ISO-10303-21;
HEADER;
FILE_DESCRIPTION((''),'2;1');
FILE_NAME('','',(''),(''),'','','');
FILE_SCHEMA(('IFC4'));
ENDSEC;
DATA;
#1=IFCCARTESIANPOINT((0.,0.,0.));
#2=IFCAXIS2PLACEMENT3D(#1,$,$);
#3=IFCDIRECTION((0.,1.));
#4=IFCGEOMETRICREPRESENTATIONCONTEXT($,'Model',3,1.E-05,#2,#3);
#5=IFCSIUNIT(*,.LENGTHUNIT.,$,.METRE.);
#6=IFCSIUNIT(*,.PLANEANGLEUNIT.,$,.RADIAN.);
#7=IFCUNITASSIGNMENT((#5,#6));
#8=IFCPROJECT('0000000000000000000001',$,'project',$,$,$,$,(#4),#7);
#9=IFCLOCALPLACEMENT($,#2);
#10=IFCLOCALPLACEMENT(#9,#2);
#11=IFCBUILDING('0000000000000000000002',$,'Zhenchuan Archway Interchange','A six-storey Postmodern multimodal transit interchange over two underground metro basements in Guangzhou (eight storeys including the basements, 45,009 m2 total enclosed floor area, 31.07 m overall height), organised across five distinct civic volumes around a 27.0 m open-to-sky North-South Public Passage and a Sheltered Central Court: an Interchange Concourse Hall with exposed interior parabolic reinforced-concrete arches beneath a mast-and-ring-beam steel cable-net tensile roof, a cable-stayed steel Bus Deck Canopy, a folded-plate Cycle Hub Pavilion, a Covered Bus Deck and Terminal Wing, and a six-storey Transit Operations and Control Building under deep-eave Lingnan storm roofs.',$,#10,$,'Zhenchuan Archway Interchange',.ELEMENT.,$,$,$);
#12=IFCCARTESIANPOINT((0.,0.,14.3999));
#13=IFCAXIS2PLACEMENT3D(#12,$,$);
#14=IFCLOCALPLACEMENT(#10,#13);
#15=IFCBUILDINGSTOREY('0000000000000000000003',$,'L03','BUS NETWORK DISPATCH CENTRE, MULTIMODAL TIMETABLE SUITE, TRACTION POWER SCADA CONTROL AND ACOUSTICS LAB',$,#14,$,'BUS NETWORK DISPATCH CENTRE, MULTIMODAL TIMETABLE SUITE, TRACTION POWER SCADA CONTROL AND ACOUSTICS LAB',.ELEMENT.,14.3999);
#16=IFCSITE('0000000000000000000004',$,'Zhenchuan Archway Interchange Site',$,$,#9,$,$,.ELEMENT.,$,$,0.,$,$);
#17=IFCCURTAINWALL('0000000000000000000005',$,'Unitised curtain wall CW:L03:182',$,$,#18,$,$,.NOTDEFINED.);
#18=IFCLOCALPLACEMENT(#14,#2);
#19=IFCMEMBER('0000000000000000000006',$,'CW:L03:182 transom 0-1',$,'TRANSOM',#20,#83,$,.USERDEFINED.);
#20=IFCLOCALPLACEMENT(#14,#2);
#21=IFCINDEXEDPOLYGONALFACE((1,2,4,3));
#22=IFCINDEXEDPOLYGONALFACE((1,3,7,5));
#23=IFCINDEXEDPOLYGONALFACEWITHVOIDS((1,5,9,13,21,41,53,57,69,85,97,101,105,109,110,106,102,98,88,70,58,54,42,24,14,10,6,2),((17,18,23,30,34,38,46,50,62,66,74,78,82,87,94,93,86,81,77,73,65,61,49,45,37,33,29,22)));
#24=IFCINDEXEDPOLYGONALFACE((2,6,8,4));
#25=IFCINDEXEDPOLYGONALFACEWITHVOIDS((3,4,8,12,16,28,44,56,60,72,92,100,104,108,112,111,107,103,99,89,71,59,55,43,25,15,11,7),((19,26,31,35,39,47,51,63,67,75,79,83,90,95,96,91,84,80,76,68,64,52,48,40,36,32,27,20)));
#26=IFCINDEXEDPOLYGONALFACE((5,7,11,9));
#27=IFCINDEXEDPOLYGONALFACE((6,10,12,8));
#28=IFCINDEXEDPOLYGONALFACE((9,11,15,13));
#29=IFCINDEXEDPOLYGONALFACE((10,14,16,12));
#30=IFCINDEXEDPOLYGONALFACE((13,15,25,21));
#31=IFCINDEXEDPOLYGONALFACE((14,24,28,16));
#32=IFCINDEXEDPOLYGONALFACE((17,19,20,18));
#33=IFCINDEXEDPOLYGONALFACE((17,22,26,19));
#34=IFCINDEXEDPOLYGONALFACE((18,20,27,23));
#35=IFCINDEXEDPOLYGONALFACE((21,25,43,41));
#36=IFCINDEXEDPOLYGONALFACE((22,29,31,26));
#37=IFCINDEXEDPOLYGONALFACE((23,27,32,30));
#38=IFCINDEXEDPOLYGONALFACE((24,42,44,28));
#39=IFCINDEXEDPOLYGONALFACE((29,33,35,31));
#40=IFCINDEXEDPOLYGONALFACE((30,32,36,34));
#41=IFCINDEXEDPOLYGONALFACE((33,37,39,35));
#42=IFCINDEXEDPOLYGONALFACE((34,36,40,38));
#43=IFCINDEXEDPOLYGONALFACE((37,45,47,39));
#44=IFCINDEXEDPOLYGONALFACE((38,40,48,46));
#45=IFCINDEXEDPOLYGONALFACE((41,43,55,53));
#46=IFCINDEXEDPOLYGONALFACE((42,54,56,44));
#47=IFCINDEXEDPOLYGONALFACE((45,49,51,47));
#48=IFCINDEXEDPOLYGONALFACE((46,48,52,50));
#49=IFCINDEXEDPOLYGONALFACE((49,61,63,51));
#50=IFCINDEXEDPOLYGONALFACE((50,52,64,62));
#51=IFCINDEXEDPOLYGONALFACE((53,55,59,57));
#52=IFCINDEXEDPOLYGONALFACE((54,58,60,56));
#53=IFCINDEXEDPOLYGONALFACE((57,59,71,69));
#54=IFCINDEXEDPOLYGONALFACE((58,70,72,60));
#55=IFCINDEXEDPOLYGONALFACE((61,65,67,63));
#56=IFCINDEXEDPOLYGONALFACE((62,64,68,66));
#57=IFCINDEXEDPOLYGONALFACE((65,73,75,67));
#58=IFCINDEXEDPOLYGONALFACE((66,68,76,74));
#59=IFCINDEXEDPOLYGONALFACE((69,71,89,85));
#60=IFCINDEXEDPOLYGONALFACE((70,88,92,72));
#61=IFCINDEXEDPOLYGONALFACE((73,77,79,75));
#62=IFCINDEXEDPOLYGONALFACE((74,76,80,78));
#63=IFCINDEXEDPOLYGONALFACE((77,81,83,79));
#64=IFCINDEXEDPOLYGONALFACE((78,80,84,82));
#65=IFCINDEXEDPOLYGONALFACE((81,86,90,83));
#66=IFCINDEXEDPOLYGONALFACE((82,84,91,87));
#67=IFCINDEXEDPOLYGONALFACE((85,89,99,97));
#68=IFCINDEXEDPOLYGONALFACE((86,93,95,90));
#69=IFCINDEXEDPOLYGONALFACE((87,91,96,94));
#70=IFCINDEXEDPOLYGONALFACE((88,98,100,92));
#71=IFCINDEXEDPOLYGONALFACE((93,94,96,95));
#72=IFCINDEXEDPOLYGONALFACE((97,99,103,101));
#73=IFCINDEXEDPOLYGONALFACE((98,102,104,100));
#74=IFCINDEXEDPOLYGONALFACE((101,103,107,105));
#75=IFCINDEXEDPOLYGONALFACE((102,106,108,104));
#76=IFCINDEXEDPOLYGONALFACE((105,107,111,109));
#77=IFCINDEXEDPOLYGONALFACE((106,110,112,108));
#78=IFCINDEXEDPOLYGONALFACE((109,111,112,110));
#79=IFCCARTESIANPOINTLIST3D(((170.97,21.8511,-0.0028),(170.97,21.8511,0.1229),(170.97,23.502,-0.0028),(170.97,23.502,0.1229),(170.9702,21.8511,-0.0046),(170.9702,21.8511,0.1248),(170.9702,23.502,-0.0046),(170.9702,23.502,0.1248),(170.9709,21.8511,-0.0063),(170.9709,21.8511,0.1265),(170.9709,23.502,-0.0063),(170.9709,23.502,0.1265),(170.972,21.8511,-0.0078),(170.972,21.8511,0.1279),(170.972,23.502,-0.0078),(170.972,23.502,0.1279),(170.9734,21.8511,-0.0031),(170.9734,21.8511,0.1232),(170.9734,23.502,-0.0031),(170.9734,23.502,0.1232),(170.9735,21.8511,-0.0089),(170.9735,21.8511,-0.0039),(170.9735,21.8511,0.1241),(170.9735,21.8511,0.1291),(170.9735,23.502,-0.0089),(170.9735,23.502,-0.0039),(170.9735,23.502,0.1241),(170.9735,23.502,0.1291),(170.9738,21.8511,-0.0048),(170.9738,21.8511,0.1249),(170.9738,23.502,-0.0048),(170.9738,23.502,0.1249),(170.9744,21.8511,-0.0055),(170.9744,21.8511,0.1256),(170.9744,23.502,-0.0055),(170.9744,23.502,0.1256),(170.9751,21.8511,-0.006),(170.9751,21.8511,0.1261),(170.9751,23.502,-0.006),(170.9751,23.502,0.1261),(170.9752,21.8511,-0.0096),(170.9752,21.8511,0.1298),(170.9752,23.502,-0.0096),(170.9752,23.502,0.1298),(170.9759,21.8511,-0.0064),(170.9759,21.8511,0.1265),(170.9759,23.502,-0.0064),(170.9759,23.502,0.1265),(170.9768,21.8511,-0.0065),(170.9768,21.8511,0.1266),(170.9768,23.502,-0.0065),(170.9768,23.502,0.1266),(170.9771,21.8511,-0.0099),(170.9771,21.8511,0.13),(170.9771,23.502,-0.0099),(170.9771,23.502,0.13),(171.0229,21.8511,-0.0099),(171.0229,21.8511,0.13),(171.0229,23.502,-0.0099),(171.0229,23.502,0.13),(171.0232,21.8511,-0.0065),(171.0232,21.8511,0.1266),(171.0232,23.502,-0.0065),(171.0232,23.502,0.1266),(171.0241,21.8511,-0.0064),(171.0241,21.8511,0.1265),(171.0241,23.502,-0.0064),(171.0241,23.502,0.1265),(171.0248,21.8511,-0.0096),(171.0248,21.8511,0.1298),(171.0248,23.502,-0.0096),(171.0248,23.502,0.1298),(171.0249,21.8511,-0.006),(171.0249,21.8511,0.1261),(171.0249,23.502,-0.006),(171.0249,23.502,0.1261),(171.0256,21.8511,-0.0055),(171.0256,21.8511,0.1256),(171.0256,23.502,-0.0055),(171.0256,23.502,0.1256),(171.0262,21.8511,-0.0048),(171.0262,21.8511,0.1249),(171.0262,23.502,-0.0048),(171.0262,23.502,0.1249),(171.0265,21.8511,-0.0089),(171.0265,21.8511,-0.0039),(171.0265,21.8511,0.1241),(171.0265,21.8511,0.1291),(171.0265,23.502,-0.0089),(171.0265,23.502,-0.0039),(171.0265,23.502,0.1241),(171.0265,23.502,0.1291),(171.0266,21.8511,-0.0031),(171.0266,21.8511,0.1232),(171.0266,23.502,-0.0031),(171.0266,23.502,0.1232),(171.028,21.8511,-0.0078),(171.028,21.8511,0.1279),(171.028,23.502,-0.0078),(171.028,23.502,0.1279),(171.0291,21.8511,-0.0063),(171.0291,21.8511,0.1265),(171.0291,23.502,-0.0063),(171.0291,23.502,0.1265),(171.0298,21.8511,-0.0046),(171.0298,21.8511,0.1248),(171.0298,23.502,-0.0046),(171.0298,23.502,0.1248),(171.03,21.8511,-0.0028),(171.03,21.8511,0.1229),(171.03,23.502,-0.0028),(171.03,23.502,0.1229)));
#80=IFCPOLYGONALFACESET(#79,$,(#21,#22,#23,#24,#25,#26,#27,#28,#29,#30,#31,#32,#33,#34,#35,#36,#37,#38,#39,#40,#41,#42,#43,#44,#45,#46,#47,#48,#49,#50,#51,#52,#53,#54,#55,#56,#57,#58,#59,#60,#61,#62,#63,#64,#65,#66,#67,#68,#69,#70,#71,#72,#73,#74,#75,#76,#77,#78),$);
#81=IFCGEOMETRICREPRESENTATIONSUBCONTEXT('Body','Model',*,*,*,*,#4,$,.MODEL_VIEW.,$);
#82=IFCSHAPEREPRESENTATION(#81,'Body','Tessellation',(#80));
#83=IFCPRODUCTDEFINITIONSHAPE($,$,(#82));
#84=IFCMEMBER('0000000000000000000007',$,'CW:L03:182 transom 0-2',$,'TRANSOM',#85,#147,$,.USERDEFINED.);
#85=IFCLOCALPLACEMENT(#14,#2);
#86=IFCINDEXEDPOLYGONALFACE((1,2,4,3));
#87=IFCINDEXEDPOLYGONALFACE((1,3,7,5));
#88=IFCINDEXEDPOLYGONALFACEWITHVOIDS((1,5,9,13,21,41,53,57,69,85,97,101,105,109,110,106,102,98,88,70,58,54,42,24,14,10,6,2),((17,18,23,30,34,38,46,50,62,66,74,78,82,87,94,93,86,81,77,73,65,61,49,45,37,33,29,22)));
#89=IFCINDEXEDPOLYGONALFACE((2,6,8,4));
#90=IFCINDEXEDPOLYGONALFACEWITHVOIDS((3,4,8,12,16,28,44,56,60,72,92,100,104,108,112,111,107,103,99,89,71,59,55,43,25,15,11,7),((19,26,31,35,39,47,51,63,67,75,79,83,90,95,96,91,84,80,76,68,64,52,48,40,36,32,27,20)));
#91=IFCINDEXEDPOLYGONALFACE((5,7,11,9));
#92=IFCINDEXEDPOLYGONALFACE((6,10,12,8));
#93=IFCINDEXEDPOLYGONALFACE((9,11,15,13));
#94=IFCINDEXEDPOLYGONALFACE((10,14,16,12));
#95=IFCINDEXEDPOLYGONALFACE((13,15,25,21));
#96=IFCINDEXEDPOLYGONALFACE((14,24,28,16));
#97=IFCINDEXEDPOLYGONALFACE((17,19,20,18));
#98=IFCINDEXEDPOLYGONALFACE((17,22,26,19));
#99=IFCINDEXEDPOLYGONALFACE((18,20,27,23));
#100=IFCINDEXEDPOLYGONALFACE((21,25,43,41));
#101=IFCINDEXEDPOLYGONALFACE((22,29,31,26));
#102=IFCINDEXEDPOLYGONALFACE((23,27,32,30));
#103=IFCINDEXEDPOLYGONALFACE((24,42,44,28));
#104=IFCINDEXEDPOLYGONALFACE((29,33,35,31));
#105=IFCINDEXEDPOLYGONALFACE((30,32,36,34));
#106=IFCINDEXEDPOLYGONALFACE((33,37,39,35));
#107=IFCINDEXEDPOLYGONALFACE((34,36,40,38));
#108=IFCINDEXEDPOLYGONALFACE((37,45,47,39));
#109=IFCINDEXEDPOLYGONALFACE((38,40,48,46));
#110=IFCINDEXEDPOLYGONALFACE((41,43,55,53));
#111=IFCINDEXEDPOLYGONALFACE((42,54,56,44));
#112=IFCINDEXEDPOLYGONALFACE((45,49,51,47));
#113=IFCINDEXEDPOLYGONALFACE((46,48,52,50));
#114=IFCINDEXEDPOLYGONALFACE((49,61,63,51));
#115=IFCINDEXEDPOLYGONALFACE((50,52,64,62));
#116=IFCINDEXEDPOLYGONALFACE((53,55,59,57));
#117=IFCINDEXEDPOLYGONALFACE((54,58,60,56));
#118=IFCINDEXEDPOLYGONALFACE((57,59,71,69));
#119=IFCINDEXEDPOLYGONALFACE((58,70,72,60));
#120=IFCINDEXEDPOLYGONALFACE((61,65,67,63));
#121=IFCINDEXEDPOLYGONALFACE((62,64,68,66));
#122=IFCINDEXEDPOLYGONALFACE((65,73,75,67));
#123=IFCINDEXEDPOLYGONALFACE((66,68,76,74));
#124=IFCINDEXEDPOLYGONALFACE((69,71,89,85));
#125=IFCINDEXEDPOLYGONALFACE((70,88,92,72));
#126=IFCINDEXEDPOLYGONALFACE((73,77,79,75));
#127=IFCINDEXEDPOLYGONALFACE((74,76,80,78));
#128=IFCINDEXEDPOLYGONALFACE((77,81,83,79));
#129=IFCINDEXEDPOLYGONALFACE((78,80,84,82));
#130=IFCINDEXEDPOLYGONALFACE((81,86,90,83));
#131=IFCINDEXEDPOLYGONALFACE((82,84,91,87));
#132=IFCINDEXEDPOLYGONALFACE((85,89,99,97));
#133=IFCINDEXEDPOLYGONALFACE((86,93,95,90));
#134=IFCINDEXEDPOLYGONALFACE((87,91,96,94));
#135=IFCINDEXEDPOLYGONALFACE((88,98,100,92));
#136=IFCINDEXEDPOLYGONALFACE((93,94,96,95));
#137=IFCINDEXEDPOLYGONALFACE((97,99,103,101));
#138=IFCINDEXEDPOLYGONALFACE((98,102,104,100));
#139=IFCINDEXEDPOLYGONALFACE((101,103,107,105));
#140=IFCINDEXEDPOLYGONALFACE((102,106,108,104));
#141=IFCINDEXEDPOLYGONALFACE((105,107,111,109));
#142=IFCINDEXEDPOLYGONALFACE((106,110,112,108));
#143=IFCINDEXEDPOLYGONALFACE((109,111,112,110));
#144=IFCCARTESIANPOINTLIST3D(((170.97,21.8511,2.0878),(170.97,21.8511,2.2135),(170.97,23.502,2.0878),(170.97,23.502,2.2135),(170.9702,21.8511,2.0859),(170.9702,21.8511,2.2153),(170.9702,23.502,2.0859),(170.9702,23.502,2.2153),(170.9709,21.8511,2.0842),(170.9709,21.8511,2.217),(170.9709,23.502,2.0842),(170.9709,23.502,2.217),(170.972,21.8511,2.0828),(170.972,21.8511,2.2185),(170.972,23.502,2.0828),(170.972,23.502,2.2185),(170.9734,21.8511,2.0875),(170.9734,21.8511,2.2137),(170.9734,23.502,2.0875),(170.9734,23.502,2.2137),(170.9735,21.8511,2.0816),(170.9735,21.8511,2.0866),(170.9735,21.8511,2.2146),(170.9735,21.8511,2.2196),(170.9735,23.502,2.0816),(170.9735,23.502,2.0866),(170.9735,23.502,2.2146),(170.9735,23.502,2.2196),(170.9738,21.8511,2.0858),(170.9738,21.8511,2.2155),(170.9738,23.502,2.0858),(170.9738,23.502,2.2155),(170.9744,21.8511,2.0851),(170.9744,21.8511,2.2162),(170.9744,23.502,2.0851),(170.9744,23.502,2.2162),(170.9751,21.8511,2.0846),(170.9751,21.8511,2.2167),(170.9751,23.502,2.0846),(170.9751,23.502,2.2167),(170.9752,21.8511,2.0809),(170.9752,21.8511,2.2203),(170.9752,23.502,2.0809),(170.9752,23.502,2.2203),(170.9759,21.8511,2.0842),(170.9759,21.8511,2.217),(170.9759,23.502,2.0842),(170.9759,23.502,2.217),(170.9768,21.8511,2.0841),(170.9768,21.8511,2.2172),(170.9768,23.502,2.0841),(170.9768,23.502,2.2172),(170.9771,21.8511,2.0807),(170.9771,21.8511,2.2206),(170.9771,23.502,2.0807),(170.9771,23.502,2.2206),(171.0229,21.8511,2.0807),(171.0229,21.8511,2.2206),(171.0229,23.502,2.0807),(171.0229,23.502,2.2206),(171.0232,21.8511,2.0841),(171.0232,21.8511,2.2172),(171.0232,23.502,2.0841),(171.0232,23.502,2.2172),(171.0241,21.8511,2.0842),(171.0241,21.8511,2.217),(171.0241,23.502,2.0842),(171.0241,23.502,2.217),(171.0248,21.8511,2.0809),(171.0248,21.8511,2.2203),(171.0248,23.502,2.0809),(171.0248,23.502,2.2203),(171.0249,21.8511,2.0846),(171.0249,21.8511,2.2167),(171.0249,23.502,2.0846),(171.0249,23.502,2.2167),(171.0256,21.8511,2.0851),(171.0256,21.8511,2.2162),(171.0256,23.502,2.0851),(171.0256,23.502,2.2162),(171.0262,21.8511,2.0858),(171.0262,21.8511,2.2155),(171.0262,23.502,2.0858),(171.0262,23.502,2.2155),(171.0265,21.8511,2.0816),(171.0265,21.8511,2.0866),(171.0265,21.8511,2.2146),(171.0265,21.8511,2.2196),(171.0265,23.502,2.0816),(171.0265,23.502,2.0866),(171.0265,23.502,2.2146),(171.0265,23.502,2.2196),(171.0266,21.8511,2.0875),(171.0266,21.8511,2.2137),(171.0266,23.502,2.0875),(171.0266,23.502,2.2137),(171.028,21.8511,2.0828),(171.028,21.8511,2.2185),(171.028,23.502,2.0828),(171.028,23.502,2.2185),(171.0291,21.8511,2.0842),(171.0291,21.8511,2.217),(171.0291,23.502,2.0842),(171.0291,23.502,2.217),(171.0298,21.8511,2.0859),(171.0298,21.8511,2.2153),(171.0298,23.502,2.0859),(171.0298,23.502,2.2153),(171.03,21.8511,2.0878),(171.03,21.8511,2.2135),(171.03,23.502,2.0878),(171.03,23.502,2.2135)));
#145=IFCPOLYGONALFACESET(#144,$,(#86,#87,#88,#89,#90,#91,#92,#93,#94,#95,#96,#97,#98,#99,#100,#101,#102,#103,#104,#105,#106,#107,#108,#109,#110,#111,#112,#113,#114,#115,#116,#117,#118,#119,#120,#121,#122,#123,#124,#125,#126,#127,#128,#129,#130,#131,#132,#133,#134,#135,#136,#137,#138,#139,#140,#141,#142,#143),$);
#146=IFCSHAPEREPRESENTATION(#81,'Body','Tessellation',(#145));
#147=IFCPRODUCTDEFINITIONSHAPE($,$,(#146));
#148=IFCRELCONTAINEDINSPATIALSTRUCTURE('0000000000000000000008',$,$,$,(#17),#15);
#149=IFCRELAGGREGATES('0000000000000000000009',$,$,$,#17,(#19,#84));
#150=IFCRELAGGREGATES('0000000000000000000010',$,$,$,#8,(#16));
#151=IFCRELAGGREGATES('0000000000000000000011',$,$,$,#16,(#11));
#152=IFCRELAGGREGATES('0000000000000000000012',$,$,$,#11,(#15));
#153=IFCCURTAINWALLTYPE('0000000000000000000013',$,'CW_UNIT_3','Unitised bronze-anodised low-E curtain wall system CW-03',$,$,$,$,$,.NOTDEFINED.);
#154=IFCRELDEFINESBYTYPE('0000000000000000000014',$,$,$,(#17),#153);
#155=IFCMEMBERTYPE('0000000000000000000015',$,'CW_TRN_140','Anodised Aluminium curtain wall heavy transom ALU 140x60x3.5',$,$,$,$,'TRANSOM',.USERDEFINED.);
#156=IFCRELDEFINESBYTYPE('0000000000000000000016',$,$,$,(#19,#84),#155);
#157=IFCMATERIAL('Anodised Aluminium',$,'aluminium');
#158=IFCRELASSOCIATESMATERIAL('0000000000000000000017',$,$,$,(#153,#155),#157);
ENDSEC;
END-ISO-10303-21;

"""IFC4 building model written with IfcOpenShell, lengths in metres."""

from ifc_helpers import new_model, si_unit, direction, frame, origin, origin_2d, place, context, subcontext, project, spatial, hollow_rectangle, extrude, material, material_profile, profile_set, type_object, element, aggregate, save


model = new_model("IFC4")

# Units and contexts
model_context = context("Model", 3, precision=1e-05, world=origin(), true_north=direction((0.0, 1.0)))
body_context = subcontext(model_context, "Body", "Model", "MODEL_VIEW")
ifc_project = project(units=[si_unit("LENGTHUNIT", "METRE"), si_unit("PLANEANGLEUNIT", "RADIAN")], contexts=[model_context])

# Site, building, storey
site_placement = place(None, origin())
site = spatial("IfcSite", under=ifc_project, at=site_placement, Name="Zhenchuan Archway Interchange Site", CompositionType="ELEMENT", RefElevation=0.0)
building_placement = place(site_placement, origin())
building = spatial("IfcBuilding", under=site, at=building_placement, Name="Zhenchuan Archway Interchange", Description="A six-storey Postmodern multimodal transit interchange over two underground metro basements in Guangzhou (eight storeys including the basements, 45,009 m2 total enclosed floor area, 31.07 m overall height), organised across five distinct civic volumes around a 27.0 m open-to-sky North-South Public Passage and a Sheltered Central Court: an Interchange Concourse Hall with exposed interior parabolic reinforced-concrete arches beneath a mast-and-ring-beam steel cable-net tensile roof, a cable-stayed steel Bus Deck Canopy, a folded-plate Cycle Hub Pavilion, a Covered Bus Deck and Terminal Wing, and a six-storey Transit Operations and Control Building under deep-eave Lingnan storm roofs.", LongName="Zhenchuan Archway Interchange", CompositionType="ELEMENT")
storey_placement = place(building_placement, frame((0.0, 0.0, 14.3999)))
storey = spatial("IfcBuildingStorey", under=building, at=storey_placement, Name="L03", Description="BUS NETWORK DISPATCH CENTRE, MULTIMODAL TIMETABLE SUITE, TRACTION POWER SCADA CONTROL AND ACOUSTICS LAB", LongName="BUS NETWORK DISPATCH CENTRE, MULTIMODAL TIMETABLE SUITE, TRACTION POWER SCADA CONTROL AND ACOUSTICS LAB", CompositionType="ELEMENT", Elevation=14.3999)

# Curtain wall, members
ifc_material_1 = material(Name="Anodised Aluminium", Category="aluminium")
curtain_wall_type = type_object("IfcCurtainWallType", Name="CW_UNIT_3", Description="Unitised bronze-anodised low-E curtain wall system CW-03", PredefinedType="NOTDEFINED", material=ifc_material_1)
curtain_wall_placement = place(storey_placement, origin())
curtain_wall = element("IfcCurtainWall", 1, at=curtain_wall_placement, inside=storey, type_object=curtain_wall_type, Name="Unitised curtain wall CW:L03:182", PredefinedType="NOTDEFINED")
ifc_material_profile_1 = material_profile(ifc_material_1, hollow_rectangle(XDim=0.0601, YDim=0.1399, WallThickness=0.0034, InnerFilletRadius=0.0034, OuterFilletRadius=0.0071, at=origin_2d()), Name="ALU 140x60x3.5")
ifc_profile_set_1 = profile_set([ifc_material_profile_1], Name="Anodised Aluminium")
member_type_1 = type_object("IfcMemberType", Name="CW_TRN_140", Description="Anodised Aluminium curtain wall heavy transom ALU 140x60x3.5", ElementType="TRANSOM", PredefinedType="USERDEFINED", material=ifc_profile_set_1)
member_1_placement = place(storey_placement, frame((171.0, 23.502, 0.0601), z_axis=(0.0, -1.0, 0.0), x_axis=(1.0, 0.0, 0.0)))
member_1 = element("IfcMember", 2, at=member_1_placement, type_object=member_type_1, Name="CW:L03:182 transom 0-1", ObjectType="TRANSOM", PredefinedType="USERDEFINED", context=body_context, shape_type="SweptSolid", body=[
    extrude(hollow_rectangle(XDim=0.0601, YDim=0.1399, WallThickness=0.0034, InnerFilletRadius=0.0034, OuterFilletRadius=0.0071, at=origin_2d()), origin(), (0.0, 0.0, 1.0), 1.6509),
])
member_2_placement = place(storey_placement, frame((171.0, 23.502, 2.1506), z_axis=(0.0, -1.0, 0.0), x_axis=(1.0, 0.0, 0.0)))
member_2 = element("IfcMember", 3, at=member_2_placement, type_object=member_type_1, Name="CW:L03:182 transom 0-2", ObjectType="TRANSOM", PredefinedType="USERDEFINED", context=body_context, shape_type="SweptSolid", body=[
    extrude(hollow_rectangle(XDim=0.0601, YDim=0.1399, WallThickness=0.0034, InnerFilletRadius=0.0034, OuterFilletRadius=0.0071, at=origin_2d()), origin(), (0.0, 0.0, 1.0), 1.6509),
])

aggregate(curtain_wall, [member_1, member_2])

save(model, "model.ifc")
